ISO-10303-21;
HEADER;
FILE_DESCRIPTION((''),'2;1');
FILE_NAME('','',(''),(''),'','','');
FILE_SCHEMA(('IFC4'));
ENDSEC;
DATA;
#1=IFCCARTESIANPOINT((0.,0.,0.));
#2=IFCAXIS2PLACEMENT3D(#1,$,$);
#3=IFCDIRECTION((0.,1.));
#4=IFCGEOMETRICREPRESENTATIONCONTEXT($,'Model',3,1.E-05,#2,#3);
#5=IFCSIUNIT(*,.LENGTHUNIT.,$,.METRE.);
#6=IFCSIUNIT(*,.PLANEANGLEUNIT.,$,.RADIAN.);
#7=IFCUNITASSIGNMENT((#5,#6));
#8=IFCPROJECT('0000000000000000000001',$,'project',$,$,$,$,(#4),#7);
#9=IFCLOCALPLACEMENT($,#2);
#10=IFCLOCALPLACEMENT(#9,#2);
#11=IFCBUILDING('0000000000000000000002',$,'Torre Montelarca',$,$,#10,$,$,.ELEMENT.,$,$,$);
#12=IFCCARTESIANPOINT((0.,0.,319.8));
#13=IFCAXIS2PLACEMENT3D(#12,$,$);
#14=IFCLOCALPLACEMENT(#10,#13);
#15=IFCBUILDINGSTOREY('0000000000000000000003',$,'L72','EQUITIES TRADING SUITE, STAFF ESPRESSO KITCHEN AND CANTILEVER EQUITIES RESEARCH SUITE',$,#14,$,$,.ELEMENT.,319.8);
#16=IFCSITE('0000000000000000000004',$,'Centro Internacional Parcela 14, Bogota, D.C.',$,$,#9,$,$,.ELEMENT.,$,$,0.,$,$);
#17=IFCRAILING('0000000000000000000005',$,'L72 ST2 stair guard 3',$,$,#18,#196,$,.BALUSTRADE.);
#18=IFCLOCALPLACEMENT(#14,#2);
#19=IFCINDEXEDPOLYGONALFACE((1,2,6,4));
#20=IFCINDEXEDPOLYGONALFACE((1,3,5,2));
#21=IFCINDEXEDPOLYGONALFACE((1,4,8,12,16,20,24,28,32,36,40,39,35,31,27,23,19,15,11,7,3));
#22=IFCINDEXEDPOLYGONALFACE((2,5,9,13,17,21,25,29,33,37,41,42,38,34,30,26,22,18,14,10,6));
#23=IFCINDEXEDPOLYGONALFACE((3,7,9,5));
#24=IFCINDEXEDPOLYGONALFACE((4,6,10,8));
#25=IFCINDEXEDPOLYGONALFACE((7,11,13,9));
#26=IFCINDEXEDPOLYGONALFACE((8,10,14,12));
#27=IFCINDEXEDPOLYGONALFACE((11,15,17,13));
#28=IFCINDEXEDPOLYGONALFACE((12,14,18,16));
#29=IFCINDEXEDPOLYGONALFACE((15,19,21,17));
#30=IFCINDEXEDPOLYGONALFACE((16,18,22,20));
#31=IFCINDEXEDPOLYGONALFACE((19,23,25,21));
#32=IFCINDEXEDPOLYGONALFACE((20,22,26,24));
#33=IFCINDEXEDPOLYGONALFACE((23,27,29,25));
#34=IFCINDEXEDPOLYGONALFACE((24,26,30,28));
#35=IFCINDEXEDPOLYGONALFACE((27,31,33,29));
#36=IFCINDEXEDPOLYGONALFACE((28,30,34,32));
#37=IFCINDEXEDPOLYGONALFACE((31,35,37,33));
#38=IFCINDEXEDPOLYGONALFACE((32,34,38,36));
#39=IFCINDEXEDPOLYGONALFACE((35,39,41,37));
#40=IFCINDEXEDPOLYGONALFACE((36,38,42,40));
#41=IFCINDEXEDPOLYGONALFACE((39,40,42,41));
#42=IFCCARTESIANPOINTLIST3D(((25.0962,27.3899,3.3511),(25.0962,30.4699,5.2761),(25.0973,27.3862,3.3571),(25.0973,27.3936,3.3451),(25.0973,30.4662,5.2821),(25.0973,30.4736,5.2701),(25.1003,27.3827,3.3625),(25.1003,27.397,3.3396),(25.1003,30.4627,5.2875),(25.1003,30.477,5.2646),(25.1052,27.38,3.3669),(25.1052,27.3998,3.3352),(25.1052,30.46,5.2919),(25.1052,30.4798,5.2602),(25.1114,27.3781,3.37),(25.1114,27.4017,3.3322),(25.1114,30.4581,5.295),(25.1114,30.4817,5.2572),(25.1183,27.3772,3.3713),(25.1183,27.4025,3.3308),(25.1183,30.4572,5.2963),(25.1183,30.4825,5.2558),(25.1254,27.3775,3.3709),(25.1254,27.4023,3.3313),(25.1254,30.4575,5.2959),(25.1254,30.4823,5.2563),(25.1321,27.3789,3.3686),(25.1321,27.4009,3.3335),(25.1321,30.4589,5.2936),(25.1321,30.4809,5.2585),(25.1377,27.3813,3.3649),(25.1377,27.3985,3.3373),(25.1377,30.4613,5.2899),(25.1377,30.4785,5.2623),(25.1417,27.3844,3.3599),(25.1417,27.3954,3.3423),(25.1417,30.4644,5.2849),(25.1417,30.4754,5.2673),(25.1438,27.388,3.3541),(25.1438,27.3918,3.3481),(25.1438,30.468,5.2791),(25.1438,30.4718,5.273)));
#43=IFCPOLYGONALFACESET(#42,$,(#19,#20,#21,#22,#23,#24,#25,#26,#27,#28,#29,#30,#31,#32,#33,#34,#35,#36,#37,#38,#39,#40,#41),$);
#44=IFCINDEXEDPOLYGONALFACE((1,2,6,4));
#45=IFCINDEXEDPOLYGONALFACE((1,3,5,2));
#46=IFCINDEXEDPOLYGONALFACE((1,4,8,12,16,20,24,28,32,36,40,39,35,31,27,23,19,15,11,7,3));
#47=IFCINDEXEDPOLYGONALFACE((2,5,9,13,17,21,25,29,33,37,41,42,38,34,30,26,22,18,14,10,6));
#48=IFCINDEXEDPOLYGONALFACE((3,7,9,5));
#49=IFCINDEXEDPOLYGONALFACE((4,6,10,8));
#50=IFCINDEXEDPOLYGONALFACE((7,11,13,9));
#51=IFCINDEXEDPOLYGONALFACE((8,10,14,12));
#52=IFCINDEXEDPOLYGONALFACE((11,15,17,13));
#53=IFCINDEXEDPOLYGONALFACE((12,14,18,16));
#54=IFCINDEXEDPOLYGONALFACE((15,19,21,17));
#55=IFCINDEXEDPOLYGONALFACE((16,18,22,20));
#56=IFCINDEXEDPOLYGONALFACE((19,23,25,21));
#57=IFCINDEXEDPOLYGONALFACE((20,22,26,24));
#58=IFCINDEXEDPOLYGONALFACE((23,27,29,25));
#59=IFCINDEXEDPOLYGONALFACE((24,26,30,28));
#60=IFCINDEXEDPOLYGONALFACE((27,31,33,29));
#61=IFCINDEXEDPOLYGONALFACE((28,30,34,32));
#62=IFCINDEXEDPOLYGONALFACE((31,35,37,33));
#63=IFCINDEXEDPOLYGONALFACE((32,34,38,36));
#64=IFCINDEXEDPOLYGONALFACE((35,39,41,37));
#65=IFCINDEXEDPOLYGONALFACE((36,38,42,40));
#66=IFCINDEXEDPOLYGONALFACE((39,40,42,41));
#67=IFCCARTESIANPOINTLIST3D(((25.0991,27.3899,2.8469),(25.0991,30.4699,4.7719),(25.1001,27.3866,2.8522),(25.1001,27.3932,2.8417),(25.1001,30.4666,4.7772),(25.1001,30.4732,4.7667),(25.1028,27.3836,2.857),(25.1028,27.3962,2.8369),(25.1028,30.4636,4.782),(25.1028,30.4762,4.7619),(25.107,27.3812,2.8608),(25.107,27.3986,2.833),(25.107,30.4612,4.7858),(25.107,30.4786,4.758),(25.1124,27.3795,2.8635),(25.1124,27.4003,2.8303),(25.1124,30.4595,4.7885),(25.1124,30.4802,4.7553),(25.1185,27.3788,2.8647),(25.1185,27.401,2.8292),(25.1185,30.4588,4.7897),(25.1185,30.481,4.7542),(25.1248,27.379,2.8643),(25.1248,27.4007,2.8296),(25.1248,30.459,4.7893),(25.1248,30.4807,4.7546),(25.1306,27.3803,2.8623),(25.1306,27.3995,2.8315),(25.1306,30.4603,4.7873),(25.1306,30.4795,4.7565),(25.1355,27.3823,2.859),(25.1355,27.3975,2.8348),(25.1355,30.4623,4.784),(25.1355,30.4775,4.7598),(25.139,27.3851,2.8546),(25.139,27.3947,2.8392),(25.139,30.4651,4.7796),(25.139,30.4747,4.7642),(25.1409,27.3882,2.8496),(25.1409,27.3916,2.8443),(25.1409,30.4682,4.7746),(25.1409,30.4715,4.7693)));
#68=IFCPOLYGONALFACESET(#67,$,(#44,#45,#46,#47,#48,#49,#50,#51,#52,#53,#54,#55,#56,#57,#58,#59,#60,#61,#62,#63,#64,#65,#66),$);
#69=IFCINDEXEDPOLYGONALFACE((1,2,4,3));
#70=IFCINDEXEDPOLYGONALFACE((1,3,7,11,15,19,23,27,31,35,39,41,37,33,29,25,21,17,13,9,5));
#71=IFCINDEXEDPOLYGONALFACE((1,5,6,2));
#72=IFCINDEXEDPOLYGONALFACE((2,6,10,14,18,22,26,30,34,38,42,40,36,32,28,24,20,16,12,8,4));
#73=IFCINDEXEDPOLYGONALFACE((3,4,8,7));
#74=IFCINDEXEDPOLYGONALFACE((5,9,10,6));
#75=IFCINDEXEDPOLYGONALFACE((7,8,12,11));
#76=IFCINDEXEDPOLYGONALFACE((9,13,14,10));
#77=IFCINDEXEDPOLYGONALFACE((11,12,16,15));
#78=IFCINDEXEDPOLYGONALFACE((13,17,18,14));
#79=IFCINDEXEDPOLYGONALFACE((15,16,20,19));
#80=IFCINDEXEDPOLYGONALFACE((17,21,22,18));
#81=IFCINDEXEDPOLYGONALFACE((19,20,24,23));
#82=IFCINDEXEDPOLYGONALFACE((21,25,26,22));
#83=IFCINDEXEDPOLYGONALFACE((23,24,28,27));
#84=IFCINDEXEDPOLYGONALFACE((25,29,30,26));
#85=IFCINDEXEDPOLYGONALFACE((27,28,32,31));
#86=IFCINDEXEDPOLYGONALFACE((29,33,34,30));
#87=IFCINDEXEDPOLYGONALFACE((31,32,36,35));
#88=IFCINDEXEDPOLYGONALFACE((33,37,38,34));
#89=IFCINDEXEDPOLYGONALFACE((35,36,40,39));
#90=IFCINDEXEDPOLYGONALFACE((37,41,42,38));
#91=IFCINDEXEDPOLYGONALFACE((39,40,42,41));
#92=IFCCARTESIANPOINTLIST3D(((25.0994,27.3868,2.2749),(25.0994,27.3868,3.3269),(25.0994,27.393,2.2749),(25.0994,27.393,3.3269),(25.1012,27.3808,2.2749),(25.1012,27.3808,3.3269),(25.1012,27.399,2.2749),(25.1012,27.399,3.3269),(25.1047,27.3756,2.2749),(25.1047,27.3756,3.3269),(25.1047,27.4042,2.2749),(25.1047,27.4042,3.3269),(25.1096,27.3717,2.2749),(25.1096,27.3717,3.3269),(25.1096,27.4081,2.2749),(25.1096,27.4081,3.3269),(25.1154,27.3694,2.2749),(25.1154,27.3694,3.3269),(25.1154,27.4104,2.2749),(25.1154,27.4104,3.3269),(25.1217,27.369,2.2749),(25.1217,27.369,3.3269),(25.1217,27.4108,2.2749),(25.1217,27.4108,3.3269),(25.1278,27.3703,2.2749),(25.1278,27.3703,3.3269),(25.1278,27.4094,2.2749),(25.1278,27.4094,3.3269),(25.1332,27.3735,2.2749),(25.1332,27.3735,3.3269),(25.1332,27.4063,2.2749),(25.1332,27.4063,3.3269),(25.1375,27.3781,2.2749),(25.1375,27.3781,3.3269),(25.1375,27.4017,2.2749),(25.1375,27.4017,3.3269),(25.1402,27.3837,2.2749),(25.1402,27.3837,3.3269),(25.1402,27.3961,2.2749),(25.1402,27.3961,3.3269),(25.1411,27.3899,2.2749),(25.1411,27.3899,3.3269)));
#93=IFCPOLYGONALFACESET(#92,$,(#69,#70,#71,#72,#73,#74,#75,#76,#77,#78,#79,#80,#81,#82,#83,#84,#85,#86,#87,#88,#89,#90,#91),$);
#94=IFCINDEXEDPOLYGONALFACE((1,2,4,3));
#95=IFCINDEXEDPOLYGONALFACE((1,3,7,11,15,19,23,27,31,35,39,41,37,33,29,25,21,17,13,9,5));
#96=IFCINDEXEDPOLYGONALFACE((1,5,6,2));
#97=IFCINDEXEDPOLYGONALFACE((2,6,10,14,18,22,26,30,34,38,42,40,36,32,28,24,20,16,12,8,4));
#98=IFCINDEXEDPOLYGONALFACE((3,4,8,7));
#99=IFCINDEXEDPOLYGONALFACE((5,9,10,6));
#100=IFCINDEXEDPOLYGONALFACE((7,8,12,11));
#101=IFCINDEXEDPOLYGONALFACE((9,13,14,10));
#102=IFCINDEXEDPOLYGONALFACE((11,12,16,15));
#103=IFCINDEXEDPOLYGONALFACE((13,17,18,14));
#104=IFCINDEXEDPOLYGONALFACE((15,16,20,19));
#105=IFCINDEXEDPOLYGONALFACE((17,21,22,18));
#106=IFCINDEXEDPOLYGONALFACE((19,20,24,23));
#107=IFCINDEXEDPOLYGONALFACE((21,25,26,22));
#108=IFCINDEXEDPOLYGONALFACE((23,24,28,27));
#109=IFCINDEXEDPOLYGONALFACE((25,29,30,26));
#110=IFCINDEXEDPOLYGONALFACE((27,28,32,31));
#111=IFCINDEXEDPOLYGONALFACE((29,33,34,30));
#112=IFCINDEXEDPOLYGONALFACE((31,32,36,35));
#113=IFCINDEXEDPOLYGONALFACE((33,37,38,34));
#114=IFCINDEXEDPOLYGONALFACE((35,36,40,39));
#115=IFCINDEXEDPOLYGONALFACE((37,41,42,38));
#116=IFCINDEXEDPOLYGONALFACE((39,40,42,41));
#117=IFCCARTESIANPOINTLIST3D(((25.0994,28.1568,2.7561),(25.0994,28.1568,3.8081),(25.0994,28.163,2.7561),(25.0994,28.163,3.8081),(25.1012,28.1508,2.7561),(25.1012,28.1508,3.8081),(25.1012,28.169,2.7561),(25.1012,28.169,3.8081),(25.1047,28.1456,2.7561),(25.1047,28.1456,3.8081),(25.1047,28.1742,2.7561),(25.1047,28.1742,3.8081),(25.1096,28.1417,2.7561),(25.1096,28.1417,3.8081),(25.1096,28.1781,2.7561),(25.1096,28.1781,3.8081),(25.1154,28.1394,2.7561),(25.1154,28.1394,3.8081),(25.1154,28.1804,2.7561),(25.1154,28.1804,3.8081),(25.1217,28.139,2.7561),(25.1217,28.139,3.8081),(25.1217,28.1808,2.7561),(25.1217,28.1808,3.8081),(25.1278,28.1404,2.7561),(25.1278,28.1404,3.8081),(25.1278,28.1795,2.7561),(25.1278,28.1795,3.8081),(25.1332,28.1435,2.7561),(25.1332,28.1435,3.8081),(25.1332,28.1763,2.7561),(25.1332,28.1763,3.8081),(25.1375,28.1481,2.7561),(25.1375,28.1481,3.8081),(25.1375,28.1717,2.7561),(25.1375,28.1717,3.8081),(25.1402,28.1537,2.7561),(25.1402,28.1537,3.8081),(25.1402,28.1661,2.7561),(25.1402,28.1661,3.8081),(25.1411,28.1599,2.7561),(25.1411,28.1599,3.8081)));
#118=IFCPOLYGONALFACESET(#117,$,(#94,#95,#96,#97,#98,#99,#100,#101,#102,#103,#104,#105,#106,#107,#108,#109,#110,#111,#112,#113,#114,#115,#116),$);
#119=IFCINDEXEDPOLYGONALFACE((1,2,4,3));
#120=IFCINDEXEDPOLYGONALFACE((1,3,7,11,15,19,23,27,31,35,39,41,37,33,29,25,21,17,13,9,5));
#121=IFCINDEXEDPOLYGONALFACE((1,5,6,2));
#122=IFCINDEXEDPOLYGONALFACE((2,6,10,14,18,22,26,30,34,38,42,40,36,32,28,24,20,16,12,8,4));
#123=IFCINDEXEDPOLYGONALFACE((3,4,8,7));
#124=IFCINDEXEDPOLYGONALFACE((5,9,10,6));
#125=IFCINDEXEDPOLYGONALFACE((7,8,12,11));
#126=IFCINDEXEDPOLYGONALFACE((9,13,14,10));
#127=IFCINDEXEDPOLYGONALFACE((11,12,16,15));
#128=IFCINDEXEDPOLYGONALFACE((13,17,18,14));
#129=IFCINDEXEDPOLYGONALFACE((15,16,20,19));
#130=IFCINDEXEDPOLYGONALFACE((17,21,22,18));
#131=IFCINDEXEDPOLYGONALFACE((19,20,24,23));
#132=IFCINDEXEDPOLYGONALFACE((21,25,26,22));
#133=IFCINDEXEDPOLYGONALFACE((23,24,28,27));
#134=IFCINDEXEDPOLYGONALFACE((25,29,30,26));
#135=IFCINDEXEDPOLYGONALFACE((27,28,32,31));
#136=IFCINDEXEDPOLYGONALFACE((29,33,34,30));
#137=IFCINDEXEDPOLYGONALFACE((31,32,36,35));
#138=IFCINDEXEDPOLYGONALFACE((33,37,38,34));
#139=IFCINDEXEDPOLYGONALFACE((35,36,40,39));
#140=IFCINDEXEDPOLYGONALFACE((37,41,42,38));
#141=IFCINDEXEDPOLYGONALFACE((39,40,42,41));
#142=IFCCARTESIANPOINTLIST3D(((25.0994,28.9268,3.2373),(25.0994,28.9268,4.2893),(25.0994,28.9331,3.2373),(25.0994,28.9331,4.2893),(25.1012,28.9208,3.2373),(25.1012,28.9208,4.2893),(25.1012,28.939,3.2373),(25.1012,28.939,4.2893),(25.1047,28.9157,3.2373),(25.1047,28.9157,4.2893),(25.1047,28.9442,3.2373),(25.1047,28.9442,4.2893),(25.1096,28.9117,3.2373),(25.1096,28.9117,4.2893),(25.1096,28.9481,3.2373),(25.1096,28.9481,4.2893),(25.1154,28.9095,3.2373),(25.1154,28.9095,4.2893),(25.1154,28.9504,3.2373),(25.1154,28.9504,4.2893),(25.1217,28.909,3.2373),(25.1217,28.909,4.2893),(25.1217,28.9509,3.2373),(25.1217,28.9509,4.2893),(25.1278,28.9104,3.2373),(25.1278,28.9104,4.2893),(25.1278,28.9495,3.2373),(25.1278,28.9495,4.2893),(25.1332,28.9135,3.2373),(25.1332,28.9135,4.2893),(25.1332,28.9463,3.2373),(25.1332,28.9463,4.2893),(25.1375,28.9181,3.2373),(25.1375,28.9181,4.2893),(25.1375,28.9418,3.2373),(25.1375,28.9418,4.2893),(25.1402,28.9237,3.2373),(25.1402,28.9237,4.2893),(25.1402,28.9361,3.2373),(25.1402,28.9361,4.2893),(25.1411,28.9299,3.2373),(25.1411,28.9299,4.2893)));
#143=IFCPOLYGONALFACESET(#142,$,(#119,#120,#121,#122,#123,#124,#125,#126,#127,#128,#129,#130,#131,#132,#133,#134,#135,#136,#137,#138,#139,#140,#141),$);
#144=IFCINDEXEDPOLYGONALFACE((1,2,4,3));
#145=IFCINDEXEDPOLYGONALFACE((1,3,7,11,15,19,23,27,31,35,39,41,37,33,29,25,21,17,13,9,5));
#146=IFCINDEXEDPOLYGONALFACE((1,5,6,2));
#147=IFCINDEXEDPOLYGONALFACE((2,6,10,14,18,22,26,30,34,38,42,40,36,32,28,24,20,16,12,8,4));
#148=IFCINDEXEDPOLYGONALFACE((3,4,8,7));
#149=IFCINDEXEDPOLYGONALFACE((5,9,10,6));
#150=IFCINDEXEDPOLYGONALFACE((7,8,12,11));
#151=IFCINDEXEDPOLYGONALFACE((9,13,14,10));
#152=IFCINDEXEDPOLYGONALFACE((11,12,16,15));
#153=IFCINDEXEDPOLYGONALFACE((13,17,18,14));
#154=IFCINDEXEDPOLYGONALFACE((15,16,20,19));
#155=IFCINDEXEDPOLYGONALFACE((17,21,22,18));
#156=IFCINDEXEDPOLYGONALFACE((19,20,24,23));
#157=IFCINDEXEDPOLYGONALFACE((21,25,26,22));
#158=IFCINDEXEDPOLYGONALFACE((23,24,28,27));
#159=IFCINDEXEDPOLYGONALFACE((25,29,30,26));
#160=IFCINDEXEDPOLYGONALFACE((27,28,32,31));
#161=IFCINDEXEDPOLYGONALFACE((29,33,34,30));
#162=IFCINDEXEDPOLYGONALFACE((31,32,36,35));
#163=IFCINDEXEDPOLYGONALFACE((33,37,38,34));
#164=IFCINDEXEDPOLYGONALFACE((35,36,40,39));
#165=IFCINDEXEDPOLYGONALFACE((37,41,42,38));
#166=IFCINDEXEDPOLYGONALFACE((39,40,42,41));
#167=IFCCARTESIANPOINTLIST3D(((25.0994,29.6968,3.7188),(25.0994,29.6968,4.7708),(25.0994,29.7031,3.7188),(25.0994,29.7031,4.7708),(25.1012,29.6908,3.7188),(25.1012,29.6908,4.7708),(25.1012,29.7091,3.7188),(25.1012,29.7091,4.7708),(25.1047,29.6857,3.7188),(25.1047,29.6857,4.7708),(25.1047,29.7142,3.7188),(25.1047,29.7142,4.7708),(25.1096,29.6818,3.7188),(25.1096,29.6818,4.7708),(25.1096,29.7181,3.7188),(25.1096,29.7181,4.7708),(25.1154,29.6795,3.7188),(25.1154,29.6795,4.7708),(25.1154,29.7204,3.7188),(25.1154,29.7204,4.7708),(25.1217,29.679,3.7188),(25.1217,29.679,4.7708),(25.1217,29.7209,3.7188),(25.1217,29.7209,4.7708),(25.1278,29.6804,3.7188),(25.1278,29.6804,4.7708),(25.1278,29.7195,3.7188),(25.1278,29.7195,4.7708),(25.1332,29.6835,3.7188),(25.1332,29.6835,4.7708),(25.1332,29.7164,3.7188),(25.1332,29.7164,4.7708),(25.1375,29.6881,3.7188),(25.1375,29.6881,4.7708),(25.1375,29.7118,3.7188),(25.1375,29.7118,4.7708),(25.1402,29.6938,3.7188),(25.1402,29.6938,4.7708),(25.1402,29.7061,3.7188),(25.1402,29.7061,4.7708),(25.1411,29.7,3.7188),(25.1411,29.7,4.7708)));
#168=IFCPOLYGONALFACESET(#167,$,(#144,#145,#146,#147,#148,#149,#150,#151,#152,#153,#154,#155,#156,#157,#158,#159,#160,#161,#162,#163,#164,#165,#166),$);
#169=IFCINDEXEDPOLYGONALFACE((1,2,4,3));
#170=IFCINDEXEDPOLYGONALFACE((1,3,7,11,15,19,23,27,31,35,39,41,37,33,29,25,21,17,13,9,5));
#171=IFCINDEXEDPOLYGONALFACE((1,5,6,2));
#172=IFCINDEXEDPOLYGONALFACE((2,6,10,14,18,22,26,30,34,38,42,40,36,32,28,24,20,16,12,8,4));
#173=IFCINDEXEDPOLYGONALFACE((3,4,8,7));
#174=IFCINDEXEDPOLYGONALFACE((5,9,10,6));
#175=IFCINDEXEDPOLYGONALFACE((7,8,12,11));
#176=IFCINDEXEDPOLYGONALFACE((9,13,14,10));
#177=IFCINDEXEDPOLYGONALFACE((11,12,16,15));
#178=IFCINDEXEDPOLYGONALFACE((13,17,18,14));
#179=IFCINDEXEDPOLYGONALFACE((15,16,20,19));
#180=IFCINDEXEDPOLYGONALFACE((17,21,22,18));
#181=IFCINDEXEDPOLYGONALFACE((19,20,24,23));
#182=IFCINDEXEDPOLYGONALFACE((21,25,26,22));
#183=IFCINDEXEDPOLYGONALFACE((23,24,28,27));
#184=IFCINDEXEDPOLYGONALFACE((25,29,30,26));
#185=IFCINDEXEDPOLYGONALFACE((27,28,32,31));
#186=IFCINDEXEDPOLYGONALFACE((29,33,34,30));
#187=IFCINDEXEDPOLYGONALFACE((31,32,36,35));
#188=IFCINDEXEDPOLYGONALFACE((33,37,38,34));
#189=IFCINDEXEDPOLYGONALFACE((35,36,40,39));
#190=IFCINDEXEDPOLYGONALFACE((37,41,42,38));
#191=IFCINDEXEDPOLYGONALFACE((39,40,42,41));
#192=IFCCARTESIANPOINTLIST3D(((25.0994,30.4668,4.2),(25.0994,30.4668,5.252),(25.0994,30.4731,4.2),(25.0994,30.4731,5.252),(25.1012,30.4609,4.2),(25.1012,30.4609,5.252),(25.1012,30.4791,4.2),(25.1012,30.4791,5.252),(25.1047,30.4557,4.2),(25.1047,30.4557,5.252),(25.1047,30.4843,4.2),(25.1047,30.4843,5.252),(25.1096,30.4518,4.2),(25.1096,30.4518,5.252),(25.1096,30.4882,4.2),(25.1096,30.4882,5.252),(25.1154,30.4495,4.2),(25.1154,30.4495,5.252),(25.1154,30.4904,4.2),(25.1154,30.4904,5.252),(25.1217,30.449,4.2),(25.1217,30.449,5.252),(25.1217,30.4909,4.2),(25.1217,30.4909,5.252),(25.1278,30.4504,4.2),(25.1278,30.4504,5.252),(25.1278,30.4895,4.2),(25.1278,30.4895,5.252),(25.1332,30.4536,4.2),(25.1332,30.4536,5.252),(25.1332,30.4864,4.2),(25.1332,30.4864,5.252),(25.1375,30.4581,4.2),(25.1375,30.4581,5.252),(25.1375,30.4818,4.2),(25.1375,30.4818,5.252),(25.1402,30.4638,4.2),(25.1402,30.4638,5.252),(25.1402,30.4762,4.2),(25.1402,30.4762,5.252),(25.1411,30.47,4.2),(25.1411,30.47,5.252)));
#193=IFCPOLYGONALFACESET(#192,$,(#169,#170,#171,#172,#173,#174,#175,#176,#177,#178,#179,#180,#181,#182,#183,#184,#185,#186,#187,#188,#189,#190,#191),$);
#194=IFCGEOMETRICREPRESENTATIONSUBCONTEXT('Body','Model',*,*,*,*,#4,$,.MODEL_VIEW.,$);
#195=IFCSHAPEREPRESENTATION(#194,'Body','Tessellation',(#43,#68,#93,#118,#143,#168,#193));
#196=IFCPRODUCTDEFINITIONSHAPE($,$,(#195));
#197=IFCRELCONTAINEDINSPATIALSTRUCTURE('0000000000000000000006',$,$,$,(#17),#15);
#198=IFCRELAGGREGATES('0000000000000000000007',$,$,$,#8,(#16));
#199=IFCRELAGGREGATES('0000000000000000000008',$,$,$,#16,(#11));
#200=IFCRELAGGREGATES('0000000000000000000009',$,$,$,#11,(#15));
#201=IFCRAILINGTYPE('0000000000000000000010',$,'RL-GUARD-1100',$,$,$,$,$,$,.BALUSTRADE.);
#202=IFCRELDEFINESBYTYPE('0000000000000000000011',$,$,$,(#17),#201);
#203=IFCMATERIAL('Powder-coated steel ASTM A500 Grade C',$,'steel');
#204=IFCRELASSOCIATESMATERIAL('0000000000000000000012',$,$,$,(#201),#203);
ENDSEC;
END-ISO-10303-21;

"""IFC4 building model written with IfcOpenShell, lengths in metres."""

from ifc_helpers import new_model, si_unit, direction, frame, origin, origin_2d, place, context, subcontext, project, spatial, circle, extrude, material, type_object, element, save


model = new_model("IFC4")

# Units and contexts
model_context = context("Model", 3, precision=1e-05, world=origin(), true_north=direction((0.0, 1.0)))
body_context = subcontext(model_context, "Body", "Model", "MODEL_VIEW")
ifc_project = project(units=[si_unit("LENGTHUNIT", "METRE"), si_unit("PLANEANGLEUNIT", "RADIAN")], contexts=[model_context])

# Site, building, storey
site_placement = place(None, origin())
site = spatial("IfcSite", under=ifc_project, at=site_placement, Name="Centro Internacional Parcela 14, Bogota, D.C.", CompositionType="ELEMENT", RefElevation=0.0)
building_placement = place(site_placement, origin())
building = spatial("IfcBuilding", under=site, at=building_placement, Name="Torre Montelarca", CompositionType="ELEMENT")
storey_placement = place(building_placement, frame((0.0, 0.0, 319.8)))
storey = spatial("IfcBuildingStorey", under=building, at=storey_placement, Name="L72", Description="EQUITIES TRADING SUITE, STAFF ESPRESSO KITCHEN AND CANTILEVER EQUITIES RESEARCH SUITE", CompositionType="ELEMENT", Elevation=319.8)

# Railing
ifc_material_1 = material(Name="Powder-coated steel ASTM A500 Grade C", Category="steel")
railing_type_1 = type_object("IfcRailingType", Name="RL-GUARD-1100", PredefinedType="BALUSTRADE", material=ifc_material_1)
railing_1_placement = place(storey_placement, frame((25.1201, 27.3899, 2.2749)))
element("IfcRailing", 1, at=railing_1_placement, inside=storey, type_object=railing_type_1, Name="L72 ST2 stair guard 3", PredefinedType="BALUSTRADE", context=body_context, shape_type="SweptSolid", body=[
    extrude(circle(Radius=0.0239, at=origin_2d()), frame((0.0, 0.0, 1.0762), z_axis=(0.0, 0.847998, 0.529999), x_axis=(-1.0, 0.0, 0.0)), (0.0, 0.0, 1.0), 3.6321),
    extrude(circle(Radius=0.021, at=origin_2d()), frame((0.0, 0.0, 0.572), z_axis=(0.0, 0.847998, 0.529999), x_axis=(-1.0, 0.0, 0.0)), (0.0, 0.0, 1.0), 3.6321),
    extrude(circle(Radius=0.021, at=origin_2d()), origin(), (0.0, 0.0, 1.0), 1.052),
    extrude(circle(Radius=0.021, at=origin_2d()), frame((0.0, 0.77, 0.4812)), (0.0, 0.0, 1.0), 1.052),
    extrude(circle(Radius=0.021, at=origin_2d()), frame((0.0, 1.54, 0.9624)), (0.0, 0.0, 1.0), 1.052),
    extrude(circle(Radius=0.021, at=origin_2d()), frame((0.0, 2.3101, 1.4438)), (0.0, 0.0, 1.0), 1.052),
    extrude(circle(Radius=0.021, at=origin_2d()), frame((0.0, 3.0801, 1.925)), (0.0, 0.0, 1.0), 1.052),
])

save(model, "model.ifc")
